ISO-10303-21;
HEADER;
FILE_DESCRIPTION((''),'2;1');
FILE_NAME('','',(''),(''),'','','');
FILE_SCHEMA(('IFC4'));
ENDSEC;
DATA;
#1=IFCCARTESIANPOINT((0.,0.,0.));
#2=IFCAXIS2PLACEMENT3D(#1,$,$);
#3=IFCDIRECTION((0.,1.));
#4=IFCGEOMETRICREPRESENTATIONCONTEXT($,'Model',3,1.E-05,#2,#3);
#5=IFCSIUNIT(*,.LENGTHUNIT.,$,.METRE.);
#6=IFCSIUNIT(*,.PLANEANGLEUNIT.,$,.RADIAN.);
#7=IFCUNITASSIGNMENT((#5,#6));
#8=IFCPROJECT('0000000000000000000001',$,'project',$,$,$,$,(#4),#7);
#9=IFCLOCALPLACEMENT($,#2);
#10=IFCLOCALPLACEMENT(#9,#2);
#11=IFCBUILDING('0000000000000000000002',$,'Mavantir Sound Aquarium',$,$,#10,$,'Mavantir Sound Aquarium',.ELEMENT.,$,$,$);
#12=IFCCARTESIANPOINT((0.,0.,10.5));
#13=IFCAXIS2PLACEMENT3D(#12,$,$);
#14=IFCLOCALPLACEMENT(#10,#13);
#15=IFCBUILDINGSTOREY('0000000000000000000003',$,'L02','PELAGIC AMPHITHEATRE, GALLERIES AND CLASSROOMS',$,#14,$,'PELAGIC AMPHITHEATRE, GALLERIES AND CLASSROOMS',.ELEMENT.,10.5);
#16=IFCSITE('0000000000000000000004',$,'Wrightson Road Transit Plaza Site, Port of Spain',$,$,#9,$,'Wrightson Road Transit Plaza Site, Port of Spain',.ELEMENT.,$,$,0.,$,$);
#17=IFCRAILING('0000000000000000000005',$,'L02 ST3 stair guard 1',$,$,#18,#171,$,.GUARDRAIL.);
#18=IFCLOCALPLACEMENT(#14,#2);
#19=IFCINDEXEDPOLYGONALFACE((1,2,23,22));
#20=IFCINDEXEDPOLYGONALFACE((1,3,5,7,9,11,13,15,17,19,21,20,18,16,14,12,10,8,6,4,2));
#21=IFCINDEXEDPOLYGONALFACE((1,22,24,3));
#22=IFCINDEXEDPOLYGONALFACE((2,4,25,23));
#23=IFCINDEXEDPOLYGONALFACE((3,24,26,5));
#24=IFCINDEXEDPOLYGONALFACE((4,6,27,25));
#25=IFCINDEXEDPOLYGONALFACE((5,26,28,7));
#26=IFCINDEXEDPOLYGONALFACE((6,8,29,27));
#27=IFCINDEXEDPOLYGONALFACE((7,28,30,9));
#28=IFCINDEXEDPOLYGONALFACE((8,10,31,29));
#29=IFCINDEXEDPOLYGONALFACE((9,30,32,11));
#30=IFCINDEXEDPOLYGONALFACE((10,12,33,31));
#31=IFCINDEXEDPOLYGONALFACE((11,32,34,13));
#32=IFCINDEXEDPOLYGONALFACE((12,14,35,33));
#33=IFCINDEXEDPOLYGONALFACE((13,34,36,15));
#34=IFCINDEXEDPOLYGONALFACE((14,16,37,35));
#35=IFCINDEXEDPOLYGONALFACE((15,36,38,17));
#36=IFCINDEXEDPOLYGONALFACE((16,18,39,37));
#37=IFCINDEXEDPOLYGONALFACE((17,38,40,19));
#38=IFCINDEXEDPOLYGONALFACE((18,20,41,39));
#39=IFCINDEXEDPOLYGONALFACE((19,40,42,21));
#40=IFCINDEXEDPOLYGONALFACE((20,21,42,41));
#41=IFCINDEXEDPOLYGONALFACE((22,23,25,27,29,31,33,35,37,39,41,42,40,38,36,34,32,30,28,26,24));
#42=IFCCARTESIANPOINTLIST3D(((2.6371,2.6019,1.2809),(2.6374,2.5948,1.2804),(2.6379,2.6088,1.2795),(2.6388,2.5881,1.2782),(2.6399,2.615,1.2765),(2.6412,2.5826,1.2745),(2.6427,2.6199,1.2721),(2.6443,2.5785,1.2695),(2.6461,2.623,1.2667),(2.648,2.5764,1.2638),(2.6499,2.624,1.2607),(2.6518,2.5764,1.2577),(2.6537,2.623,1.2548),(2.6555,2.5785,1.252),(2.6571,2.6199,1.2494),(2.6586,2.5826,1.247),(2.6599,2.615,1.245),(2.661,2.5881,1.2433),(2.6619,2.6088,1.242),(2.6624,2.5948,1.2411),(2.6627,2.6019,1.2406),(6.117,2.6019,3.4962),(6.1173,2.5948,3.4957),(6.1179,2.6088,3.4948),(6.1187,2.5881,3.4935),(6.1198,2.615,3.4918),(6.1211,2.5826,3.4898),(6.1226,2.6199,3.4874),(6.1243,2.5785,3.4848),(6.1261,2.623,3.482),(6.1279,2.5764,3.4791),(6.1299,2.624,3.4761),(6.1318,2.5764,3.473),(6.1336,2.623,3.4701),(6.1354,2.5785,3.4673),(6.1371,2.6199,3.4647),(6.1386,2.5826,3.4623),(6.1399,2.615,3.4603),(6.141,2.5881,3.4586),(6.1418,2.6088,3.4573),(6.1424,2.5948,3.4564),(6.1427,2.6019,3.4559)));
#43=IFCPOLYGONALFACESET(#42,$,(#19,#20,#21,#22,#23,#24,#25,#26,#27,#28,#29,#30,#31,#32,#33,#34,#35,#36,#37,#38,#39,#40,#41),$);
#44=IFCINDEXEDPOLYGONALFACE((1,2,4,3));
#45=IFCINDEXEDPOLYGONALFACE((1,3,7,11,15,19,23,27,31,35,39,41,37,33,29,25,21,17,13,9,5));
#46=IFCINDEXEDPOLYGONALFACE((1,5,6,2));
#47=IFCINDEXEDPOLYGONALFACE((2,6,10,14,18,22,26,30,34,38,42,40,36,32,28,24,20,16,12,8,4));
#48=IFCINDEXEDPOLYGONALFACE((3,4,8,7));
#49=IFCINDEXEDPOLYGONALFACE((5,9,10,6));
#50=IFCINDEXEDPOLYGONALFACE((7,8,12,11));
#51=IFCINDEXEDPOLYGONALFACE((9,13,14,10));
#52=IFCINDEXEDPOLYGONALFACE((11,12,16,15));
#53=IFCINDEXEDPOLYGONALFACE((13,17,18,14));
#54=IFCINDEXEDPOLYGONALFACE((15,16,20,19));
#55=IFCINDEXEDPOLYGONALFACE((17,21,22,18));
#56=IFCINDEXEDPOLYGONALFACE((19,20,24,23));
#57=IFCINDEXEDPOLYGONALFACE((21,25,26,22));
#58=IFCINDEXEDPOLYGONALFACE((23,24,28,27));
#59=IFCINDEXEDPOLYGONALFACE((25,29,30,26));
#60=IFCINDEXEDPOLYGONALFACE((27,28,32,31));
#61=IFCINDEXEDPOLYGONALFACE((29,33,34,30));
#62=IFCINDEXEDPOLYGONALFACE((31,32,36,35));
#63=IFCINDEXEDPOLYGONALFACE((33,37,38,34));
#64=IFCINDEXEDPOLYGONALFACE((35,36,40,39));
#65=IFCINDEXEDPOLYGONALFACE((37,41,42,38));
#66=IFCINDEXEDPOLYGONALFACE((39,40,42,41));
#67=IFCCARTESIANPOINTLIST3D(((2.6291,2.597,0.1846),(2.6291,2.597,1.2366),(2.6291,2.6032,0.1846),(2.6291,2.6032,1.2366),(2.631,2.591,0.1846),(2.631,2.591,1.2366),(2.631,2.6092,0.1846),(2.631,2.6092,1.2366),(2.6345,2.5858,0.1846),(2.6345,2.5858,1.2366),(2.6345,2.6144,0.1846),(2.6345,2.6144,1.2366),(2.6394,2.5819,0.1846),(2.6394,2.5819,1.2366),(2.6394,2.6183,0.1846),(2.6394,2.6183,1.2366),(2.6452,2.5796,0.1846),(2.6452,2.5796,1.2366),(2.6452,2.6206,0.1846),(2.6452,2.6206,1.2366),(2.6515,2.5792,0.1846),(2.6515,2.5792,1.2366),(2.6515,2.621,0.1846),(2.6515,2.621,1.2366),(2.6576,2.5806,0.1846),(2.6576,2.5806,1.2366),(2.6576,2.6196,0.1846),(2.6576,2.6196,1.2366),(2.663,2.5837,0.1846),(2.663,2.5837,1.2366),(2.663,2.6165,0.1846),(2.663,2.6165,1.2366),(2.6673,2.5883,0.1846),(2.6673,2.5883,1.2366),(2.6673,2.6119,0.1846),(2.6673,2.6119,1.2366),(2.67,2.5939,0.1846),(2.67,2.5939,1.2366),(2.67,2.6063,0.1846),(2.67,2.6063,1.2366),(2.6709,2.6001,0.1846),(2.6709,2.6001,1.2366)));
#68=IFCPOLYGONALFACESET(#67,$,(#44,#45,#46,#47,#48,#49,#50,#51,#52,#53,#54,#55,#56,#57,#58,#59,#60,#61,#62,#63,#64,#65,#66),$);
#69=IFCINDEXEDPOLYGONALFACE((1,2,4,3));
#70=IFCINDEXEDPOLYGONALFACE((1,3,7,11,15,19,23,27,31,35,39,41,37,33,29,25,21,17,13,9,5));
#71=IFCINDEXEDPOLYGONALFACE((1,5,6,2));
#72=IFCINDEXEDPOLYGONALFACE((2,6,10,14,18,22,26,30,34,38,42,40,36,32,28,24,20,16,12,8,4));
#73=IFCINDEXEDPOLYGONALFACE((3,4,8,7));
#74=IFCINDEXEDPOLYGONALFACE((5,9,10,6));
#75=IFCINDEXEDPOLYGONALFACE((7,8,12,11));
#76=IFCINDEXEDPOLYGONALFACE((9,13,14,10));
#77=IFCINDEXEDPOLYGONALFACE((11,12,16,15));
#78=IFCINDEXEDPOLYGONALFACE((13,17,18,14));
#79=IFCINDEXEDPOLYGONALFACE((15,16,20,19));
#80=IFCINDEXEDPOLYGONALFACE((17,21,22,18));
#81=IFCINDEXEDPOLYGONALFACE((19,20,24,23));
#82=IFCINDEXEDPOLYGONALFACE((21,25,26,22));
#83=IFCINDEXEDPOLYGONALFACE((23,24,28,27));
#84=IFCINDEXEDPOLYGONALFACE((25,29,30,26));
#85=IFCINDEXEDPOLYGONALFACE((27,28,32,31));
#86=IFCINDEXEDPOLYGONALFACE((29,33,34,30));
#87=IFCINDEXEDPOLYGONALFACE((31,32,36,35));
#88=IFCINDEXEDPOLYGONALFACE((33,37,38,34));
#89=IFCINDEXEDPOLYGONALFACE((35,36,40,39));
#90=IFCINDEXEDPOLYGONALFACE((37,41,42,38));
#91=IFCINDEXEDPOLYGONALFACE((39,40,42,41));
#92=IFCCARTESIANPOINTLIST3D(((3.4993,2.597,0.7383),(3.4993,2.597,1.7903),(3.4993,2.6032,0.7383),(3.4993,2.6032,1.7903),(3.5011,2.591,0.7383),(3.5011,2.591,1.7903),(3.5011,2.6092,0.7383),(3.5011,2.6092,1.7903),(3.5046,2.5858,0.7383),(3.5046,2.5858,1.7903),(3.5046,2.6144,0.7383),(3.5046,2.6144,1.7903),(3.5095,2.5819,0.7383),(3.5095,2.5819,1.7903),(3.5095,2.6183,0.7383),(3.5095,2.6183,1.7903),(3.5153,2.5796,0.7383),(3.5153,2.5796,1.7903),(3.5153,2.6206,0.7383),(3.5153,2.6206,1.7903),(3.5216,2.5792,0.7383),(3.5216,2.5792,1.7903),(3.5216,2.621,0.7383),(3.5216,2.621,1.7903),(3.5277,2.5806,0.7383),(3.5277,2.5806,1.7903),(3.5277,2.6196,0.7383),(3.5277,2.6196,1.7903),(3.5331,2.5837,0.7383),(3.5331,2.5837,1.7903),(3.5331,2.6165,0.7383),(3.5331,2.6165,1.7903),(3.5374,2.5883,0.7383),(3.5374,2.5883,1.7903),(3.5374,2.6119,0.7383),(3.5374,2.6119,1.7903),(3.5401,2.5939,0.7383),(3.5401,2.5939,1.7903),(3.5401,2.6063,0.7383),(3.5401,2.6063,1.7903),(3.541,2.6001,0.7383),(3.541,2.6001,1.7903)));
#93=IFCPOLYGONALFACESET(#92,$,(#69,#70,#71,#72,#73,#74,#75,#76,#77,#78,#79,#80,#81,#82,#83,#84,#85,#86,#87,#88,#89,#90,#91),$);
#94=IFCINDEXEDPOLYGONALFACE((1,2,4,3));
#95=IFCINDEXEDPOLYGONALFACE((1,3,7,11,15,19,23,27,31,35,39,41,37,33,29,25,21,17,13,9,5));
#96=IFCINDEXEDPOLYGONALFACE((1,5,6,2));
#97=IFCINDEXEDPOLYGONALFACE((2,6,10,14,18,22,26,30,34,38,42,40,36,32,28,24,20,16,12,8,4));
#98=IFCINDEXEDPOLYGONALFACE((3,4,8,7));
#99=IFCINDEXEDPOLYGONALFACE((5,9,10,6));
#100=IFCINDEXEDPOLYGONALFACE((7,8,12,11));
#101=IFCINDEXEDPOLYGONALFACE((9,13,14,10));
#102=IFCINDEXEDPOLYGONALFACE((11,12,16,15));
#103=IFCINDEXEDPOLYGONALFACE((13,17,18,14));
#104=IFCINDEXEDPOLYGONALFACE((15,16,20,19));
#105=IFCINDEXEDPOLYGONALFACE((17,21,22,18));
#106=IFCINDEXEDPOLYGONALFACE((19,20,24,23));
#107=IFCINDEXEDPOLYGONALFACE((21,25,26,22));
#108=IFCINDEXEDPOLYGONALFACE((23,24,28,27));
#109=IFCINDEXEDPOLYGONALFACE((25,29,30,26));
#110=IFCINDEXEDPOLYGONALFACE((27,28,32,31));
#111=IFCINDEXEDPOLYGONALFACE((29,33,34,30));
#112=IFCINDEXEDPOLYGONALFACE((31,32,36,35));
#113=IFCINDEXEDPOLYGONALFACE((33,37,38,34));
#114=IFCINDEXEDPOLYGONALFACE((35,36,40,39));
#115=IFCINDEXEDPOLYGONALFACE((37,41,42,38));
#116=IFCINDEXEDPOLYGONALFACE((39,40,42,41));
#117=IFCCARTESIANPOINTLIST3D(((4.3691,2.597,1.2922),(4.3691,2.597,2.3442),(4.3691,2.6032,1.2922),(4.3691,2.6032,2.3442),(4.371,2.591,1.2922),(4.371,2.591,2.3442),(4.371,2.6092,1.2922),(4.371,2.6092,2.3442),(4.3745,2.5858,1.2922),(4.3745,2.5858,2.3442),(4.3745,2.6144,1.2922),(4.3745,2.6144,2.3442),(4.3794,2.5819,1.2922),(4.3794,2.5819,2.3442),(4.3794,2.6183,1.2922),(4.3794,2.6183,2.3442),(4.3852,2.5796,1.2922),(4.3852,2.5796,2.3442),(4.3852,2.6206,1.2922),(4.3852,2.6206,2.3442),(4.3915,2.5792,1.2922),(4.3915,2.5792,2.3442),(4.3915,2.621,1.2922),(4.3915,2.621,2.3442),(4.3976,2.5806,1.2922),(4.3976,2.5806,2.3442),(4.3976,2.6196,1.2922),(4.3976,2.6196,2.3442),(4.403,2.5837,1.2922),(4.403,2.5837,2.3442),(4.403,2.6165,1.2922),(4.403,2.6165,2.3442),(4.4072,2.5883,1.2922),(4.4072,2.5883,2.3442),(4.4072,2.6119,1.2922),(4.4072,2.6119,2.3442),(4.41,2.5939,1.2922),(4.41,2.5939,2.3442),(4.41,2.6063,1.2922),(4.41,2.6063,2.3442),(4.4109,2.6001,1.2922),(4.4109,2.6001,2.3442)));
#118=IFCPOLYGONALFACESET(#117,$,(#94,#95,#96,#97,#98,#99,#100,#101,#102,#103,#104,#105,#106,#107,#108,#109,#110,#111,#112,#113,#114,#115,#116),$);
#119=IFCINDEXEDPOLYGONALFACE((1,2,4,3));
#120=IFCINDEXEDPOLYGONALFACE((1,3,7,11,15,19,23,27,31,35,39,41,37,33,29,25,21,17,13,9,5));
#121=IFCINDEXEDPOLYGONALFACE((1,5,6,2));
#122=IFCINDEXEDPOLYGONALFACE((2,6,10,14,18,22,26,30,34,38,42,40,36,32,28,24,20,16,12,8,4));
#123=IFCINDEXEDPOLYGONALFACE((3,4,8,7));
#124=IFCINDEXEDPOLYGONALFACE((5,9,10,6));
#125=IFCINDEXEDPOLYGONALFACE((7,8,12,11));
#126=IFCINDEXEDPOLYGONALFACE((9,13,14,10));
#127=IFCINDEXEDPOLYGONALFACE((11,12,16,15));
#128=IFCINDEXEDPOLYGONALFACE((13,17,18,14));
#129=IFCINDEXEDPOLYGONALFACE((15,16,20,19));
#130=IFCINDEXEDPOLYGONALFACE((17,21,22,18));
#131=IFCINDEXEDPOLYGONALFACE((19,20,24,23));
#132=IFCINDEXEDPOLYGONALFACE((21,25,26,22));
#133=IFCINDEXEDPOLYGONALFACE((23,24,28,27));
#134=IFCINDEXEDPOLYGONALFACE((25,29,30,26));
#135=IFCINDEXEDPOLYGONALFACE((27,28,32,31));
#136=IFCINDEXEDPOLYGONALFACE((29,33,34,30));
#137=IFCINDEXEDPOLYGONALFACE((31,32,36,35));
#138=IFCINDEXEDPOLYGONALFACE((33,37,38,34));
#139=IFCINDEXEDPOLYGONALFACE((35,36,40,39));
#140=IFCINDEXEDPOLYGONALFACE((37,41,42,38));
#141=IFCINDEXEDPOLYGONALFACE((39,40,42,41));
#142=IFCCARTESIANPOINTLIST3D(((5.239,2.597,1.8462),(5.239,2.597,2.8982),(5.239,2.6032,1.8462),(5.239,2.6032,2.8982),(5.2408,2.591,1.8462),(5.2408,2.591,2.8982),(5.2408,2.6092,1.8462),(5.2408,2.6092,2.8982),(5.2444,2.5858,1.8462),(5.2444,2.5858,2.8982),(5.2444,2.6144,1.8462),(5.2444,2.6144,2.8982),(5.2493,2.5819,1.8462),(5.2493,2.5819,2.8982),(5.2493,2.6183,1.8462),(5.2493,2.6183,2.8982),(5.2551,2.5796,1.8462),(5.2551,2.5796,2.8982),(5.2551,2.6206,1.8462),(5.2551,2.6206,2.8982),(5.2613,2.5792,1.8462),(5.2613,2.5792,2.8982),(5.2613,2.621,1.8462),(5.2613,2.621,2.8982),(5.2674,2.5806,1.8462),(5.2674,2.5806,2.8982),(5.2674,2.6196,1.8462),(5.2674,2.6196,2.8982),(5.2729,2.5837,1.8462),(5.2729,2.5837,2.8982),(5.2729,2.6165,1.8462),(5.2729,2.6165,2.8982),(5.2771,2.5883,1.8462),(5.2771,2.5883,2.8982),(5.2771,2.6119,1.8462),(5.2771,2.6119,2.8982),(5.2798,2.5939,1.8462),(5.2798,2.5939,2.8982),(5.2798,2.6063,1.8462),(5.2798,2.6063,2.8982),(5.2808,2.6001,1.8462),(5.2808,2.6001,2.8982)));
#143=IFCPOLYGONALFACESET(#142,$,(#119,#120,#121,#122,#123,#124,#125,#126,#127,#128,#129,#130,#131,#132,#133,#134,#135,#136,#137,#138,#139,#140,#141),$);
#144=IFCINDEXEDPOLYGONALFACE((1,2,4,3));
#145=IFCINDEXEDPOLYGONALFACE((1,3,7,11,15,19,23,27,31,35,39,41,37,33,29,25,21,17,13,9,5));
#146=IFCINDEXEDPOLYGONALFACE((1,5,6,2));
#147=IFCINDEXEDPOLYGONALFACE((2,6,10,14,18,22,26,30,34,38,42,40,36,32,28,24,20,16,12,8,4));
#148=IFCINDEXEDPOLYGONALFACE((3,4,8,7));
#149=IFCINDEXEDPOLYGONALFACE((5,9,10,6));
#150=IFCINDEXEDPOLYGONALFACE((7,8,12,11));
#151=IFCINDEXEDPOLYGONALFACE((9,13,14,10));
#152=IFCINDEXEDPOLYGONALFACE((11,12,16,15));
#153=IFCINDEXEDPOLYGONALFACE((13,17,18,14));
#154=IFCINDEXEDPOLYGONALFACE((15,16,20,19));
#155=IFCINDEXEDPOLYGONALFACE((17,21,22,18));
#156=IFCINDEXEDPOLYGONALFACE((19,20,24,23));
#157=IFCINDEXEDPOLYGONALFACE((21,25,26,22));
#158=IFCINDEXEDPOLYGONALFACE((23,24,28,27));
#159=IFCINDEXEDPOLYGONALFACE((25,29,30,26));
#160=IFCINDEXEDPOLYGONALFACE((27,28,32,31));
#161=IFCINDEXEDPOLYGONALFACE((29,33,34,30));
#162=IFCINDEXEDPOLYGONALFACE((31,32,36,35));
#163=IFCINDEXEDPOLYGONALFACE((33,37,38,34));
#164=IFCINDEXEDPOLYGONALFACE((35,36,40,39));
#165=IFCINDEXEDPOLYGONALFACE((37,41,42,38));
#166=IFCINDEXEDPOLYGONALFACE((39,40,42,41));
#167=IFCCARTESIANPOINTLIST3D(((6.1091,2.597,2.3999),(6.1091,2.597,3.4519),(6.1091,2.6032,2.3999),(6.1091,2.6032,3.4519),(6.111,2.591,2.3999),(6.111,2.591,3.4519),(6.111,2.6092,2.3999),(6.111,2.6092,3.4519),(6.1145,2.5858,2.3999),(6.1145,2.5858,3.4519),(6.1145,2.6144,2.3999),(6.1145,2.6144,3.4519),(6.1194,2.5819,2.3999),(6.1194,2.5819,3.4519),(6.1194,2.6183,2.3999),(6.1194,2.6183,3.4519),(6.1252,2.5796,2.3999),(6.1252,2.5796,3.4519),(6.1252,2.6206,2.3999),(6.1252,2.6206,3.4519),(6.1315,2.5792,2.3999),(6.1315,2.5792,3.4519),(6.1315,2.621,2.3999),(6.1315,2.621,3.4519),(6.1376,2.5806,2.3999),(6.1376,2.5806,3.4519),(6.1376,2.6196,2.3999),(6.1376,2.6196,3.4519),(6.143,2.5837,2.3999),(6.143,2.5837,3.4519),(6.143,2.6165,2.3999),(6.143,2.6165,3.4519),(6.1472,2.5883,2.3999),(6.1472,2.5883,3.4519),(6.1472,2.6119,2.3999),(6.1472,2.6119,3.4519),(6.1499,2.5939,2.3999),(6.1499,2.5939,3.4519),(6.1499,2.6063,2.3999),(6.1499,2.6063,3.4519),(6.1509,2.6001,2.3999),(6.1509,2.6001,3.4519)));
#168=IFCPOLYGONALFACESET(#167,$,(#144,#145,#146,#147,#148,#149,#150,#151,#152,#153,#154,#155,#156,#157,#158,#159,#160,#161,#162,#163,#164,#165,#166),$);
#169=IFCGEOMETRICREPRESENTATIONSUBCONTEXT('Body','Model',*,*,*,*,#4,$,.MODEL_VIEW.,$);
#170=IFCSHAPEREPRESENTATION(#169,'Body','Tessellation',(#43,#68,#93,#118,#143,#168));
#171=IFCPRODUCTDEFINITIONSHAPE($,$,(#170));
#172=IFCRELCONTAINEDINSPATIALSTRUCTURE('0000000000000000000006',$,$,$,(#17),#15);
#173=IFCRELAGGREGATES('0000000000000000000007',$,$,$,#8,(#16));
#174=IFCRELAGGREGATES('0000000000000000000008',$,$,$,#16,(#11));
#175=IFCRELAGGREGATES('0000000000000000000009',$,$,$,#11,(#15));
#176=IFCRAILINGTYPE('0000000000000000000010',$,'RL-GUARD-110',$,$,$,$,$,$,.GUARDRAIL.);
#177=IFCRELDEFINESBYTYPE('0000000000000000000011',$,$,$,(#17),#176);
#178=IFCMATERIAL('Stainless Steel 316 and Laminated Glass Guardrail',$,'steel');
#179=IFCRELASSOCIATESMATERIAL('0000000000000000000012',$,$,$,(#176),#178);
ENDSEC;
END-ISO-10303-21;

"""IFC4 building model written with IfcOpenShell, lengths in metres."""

from ifc_helpers import new_model, si_unit, direction, frame, origin, origin_2d, place, context, subcontext, project, spatial, circle, extrude, material, type_object, element, save


model = new_model("IFC4")

# Units and contexts
model_context = context("Model", 3, precision=1e-05, world=origin(), true_north=direction((0.0, 1.0)))
body_context = subcontext(model_context, "Body", "Model", "MODEL_VIEW")
ifc_project = project(units=[si_unit("LENGTHUNIT", "METRE"), si_unit("PLANEANGLEUNIT", "RADIAN")], contexts=[model_context])

# Site, building, storey
site_placement = place(None, origin())
site = spatial("IfcSite", under=ifc_project, at=site_placement, Name="Wrightson Road Transit Plaza Site, Port of Spain", LongName="Wrightson Road Transit Plaza Site, Port of Spain", CompositionType="ELEMENT", RefElevation=0.0)
building_placement = place(site_placement, origin())
building = spatial("IfcBuilding", under=site, at=building_placement, Name="Mavantir Sound Aquarium", LongName="Mavantir Sound Aquarium", CompositionType="ELEMENT")
storey_placement = place(building_placement, frame((0.0, 0.0, 10.5)))
storey = spatial("IfcBuildingStorey", under=building, at=storey_placement, Name="L02", Description="PELAGIC AMPHITHEATRE, GALLERIES AND CLASSROOMS", LongName="PELAGIC AMPHITHEATRE, GALLERIES AND CLASSROOMS", CompositionType="ELEMENT", Elevation=10.5)

# Railing
ifc_material_1 = material(Name="Stainless Steel 316 and Laminated Glass Guardrail", Category="steel")
railing_type_1 = type_object("IfcRailingType", Name="RL-GUARD-110", PredefinedType="GUARDRAIL", material=ifc_material_1)
railing_1_placement = place(storey_placement, frame((2.6499, 2.6001, 0.1846)))
element("IfcRailing", 1, at=railing_1_placement, inside=storey, type_object=railing_type_1, Name="L02 ST3 stair guard 1", PredefinedType="GUARDRAIL", context=body_context, shape_type="SweptSolid", body=[
    extrude(circle(Radius=0.0239, at=origin_2d()), frame((0.0, 0.0, 1.0762), z_axis=(0.843574, 0.0, 0.537013), x_axis=(0.0, 1.0, 0.0)), (0.0, 0.0, 1.0), 4.1252),
    extrude(circle(Radius=0.021, at=origin_2d()), origin(), (0.0, 0.0, 1.0), 1.052),
    extrude(circle(Radius=0.021, at=origin_2d()), frame((0.8701, 0.0, 0.5537)), (0.0, 0.0, 1.0), 1.052),
    extrude(circle(Radius=0.021, at=origin_2d()), frame((1.74, 0.0, 1.1077)), (0.0, 0.0, 1.0), 1.052),
    extrude(circle(Radius=0.021, at=origin_2d()), frame((2.6099, 0.0, 1.6616)), (0.0, 0.0, 1.0), 1.052),
    extrude(circle(Radius=0.021, at=origin_2d()), frame((3.48, 0.0, 2.2153)), (0.0, 0.0, 1.0), 1.052),
])

save(model, "model.ifc")
